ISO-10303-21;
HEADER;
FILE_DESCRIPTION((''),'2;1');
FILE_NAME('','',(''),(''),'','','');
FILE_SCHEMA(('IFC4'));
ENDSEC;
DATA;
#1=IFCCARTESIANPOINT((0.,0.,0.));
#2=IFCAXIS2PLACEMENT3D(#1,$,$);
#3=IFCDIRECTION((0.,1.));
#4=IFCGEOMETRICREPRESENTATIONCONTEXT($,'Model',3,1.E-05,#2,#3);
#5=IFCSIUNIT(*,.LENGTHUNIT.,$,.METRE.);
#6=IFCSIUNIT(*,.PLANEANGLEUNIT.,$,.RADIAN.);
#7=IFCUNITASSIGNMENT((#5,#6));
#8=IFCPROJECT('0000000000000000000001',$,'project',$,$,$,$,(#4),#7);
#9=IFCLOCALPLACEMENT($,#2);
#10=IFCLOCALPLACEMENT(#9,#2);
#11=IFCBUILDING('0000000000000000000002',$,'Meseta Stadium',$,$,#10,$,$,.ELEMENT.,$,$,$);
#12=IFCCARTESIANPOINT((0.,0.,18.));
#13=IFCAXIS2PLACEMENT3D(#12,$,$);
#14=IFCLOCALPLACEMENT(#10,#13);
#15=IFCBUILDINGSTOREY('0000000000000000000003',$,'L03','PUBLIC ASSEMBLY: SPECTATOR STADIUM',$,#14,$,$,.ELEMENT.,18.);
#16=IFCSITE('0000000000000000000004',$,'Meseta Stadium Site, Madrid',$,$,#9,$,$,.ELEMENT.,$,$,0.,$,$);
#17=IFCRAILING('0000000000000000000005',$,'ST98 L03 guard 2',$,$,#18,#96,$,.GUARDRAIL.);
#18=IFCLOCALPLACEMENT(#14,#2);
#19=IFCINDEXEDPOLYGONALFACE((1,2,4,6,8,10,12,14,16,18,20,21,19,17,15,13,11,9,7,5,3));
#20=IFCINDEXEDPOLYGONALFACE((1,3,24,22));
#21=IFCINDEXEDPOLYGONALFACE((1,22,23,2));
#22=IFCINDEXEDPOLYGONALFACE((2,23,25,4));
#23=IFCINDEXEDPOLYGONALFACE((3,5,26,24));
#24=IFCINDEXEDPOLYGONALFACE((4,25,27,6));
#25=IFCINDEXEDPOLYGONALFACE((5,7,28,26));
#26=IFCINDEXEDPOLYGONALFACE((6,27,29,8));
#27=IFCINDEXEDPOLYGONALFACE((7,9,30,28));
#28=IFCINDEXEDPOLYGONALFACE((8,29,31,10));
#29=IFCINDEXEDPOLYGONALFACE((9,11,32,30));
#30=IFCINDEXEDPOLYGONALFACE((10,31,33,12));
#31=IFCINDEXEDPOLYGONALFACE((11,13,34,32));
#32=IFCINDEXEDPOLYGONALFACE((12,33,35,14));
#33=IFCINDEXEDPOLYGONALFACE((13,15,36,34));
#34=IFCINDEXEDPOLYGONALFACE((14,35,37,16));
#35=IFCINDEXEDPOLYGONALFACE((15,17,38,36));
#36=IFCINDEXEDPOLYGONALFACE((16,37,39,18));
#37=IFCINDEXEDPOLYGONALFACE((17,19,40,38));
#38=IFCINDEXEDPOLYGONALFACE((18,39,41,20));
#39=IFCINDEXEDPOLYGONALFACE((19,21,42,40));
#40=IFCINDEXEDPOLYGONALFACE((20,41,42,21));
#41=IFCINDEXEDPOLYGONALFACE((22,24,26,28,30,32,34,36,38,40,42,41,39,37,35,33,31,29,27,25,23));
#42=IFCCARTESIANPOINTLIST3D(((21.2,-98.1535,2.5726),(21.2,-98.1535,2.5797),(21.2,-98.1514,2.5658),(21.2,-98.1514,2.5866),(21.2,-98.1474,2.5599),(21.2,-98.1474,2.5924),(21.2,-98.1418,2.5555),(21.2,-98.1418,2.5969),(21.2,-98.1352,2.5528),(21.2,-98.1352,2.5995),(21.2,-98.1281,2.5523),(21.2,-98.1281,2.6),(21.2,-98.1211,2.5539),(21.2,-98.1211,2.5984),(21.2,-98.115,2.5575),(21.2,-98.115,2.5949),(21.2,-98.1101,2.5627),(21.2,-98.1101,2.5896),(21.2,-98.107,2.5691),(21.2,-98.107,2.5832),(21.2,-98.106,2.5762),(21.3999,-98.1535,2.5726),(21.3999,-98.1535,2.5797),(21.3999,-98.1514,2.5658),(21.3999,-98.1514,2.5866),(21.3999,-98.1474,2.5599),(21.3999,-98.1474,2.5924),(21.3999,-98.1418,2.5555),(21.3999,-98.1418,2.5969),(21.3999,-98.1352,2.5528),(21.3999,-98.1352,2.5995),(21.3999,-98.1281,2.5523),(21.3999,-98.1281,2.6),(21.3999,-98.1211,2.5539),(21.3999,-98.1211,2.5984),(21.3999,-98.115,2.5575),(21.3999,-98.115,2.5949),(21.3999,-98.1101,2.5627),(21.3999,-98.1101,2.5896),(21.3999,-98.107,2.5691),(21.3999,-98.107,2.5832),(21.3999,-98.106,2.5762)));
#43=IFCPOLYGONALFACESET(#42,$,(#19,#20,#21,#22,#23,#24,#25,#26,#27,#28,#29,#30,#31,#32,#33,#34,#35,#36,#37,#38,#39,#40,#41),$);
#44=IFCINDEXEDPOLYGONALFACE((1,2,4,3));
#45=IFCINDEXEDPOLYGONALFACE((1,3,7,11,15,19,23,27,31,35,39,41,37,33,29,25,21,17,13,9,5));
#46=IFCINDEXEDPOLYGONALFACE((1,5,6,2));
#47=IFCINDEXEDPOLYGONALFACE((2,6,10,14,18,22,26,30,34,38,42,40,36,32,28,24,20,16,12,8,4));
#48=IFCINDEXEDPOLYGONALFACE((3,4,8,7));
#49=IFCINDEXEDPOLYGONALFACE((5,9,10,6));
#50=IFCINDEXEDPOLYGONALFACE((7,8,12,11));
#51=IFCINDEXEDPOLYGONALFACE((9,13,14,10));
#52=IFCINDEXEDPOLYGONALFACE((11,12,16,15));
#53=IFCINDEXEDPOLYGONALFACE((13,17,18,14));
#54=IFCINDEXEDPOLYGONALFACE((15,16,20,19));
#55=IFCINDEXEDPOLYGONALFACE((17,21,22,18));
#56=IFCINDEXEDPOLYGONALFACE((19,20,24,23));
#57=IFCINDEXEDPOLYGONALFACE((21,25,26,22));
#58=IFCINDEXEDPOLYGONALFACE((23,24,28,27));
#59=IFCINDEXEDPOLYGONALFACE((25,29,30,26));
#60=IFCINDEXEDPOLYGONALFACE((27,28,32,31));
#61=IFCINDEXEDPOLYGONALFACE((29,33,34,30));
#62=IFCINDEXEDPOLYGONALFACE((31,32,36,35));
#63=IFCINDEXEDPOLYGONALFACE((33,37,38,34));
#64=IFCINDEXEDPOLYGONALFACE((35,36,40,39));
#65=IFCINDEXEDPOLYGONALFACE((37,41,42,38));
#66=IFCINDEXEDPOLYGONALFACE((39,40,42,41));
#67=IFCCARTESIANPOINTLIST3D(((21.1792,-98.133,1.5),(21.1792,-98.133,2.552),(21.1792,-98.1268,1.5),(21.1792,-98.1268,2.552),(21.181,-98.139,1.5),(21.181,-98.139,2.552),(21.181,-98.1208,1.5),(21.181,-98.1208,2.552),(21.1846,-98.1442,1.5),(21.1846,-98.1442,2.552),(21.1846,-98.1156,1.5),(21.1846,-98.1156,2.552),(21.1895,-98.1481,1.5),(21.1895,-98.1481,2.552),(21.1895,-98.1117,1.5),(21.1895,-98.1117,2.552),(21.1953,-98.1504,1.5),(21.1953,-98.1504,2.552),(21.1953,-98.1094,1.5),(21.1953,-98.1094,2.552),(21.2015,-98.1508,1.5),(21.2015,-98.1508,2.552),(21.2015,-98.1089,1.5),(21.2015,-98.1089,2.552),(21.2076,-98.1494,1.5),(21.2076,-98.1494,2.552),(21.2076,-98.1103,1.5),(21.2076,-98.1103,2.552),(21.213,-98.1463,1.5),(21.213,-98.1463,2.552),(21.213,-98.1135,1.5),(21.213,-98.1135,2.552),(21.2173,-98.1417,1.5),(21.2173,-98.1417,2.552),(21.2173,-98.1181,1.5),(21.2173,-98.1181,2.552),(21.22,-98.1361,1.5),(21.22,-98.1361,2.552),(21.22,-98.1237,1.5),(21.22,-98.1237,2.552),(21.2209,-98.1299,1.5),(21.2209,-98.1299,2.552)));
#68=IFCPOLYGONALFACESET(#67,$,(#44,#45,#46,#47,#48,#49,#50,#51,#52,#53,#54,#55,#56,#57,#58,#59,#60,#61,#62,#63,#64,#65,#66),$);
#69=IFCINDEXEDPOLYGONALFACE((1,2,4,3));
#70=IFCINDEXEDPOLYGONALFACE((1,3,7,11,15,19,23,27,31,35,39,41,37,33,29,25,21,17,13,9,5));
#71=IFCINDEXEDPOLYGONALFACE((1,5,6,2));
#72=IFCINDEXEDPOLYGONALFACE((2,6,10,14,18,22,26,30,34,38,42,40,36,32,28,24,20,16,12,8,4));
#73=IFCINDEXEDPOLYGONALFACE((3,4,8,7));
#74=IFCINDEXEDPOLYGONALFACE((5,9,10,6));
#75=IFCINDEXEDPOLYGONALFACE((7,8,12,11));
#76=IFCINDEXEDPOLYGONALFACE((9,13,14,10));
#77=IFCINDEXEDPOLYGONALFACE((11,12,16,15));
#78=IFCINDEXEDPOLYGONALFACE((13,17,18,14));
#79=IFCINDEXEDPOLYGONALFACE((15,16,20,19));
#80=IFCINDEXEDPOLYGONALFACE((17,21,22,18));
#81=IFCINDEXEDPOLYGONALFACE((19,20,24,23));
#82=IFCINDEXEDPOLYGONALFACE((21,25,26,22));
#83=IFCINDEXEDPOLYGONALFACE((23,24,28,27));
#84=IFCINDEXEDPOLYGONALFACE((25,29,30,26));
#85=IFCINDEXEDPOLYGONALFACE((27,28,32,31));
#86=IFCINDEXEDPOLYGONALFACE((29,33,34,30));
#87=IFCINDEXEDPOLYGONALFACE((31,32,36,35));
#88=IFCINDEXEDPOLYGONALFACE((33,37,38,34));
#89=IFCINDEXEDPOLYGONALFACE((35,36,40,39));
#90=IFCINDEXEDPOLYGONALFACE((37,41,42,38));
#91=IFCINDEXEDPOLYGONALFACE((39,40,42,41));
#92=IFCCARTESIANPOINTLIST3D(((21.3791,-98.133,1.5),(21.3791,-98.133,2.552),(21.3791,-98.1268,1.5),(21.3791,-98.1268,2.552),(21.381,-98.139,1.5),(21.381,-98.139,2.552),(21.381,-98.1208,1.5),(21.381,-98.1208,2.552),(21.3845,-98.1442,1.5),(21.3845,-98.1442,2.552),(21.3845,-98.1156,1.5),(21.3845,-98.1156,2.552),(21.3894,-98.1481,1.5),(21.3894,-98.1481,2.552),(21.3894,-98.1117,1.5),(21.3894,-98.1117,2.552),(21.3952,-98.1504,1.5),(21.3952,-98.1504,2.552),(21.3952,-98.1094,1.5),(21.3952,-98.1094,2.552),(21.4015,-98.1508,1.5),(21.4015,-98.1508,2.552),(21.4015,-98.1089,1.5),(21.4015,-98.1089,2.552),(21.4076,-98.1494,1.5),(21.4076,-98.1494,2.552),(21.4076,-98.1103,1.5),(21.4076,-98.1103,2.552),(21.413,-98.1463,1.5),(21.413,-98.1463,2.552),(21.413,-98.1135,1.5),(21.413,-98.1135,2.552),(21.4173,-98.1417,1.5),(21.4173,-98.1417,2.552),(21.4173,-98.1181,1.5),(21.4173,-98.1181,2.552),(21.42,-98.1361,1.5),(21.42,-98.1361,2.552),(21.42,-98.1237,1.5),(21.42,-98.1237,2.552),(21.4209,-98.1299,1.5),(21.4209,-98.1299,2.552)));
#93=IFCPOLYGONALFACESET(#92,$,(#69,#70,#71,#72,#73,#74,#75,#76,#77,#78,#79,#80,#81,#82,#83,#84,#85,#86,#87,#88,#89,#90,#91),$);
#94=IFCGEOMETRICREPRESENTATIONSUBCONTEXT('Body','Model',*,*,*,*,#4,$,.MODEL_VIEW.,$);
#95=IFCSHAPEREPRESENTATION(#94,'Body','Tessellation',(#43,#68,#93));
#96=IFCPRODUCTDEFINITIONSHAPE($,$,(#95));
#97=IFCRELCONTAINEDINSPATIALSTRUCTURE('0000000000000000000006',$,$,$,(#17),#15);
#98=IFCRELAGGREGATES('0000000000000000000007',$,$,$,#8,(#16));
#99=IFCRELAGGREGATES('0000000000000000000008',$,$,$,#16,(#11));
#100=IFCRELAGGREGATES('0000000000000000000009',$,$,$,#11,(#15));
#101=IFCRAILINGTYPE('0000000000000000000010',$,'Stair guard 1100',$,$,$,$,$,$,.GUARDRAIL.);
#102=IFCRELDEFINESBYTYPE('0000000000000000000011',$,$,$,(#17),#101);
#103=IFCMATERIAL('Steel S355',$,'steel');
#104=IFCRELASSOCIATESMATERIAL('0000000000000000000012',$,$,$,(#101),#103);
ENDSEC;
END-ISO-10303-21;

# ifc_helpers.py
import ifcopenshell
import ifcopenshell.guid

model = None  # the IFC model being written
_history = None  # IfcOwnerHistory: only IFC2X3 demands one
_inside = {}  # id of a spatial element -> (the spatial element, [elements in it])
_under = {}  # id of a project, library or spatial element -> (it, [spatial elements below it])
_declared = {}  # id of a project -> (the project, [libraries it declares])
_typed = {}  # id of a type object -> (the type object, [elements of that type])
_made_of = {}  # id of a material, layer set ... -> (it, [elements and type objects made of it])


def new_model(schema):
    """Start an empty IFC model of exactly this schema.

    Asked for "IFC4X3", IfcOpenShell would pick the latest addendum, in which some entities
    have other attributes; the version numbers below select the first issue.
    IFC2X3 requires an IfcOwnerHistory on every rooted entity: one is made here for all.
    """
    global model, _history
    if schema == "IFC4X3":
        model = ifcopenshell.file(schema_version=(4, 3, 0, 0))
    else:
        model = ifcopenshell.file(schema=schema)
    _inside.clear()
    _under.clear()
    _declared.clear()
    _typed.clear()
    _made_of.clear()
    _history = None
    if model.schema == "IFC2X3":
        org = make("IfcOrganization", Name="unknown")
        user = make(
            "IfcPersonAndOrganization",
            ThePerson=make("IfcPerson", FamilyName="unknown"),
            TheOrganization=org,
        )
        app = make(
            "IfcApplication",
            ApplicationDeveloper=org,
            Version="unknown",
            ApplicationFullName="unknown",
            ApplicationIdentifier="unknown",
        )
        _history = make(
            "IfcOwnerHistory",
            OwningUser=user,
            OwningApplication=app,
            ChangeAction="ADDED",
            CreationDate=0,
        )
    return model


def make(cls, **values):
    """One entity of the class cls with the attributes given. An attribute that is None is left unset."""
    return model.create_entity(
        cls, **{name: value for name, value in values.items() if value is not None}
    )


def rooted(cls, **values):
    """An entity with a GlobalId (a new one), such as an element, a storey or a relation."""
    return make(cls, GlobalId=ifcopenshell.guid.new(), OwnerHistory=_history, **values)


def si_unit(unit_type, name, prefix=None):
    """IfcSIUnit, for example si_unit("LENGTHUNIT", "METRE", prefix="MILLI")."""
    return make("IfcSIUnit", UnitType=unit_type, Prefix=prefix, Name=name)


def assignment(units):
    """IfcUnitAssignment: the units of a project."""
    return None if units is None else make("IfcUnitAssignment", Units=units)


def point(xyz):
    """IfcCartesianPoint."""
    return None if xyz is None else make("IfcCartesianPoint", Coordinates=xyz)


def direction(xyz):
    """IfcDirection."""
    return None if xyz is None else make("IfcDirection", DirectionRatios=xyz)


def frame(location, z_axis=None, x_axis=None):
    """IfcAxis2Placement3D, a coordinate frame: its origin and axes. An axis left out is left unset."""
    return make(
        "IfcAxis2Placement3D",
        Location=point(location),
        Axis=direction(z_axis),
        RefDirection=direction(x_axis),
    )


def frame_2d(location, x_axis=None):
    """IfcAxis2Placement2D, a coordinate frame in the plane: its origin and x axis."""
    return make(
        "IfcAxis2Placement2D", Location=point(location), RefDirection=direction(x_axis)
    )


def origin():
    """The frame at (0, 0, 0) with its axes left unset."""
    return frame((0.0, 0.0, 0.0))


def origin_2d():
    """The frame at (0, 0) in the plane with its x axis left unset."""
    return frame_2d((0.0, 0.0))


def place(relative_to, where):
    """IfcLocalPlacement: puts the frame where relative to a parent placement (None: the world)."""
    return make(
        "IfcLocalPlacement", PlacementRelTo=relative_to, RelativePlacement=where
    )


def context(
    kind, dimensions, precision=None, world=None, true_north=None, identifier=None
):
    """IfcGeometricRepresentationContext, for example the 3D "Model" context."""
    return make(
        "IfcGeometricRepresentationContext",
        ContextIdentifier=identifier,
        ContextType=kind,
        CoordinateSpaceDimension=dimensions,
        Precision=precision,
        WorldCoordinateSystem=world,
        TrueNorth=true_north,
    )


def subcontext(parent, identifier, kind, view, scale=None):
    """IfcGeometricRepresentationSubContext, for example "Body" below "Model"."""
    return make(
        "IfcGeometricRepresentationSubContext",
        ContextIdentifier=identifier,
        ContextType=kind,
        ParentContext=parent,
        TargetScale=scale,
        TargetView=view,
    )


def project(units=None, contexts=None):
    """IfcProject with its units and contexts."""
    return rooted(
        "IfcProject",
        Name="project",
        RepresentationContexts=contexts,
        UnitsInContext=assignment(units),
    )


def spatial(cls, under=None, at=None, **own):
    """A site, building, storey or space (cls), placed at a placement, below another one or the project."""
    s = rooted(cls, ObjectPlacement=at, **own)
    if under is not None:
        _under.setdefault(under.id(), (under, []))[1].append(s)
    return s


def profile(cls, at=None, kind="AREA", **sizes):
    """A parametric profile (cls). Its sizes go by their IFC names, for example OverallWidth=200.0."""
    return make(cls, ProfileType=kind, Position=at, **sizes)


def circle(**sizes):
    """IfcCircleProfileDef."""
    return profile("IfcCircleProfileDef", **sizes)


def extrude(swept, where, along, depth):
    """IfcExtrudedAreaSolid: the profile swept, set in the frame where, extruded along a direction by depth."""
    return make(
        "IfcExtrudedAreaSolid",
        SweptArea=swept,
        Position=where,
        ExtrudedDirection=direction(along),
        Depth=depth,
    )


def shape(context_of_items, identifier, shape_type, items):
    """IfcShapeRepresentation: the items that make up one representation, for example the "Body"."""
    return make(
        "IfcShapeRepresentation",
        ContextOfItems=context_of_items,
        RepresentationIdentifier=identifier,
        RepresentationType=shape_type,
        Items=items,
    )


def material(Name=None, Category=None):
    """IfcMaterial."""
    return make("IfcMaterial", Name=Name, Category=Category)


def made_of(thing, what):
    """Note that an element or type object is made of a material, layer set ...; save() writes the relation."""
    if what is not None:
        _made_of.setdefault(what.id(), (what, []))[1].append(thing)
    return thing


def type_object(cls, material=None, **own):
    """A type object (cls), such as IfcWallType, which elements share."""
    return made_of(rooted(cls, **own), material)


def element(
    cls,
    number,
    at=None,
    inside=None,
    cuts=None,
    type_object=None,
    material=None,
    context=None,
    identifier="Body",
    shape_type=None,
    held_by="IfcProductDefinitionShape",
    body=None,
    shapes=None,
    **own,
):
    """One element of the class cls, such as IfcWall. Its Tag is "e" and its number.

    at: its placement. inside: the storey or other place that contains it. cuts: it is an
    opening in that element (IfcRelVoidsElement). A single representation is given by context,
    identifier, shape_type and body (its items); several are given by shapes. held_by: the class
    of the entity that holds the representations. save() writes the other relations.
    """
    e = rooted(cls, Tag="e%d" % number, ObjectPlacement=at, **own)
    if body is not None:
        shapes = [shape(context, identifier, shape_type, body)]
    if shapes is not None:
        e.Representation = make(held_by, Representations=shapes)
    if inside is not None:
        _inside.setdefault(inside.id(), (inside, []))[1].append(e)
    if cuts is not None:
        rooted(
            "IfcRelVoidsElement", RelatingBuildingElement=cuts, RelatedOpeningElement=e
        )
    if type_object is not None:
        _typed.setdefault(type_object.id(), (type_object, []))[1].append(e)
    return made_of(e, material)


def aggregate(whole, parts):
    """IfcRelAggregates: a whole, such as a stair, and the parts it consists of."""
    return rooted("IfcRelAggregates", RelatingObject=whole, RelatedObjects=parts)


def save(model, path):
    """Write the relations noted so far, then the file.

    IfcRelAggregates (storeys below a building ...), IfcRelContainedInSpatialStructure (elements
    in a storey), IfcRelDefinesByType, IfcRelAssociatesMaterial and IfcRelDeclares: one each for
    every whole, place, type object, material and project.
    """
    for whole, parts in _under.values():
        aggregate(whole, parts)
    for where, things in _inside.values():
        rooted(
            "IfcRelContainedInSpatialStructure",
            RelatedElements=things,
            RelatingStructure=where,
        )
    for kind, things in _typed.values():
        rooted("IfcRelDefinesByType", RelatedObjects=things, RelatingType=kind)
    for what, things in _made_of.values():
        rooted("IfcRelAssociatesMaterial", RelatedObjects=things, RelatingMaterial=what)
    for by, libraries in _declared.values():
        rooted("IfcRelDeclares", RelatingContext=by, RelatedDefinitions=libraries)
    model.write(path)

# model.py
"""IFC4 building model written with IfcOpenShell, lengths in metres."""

from ifc_helpers import new_model, si_unit, direction, frame, origin, origin_2d, place, context, subcontext, project, spatial, circle, extrude, material, type_object, element, save


model = new_model("IFC4")

# Units and contexts
model_context = context("Model", 3, precision=1e-05, world=origin(), true_north=direction((0.0, 1.0)))
body_context = subcontext(model_context, "Body", "Model", "MODEL_VIEW")
ifc_project = project(units=[si_unit("LENGTHUNIT", "METRE"), si_unit("PLANEANGLEUNIT", "RADIAN")], contexts=[model_context])

# Site, building, storey
site_placement = place(None, origin())
site = spatial("IfcSite", under=ifc_project, at=site_placement, Name="Meseta Stadium Site, Madrid", CompositionType="ELEMENT", RefElevation=0.0)
building_placement = place(site_placement, origin())
building = spatial("IfcBuilding", under=site, at=building_placement, Name="Meseta Stadium", CompositionType="ELEMENT")
storey_placement = place(building_placement, frame((0.0, 0.0, 18.0)))
storey = spatial("IfcBuildingStorey", under=building, at=storey_placement, Name="L03", Description="PUBLIC ASSEMBLY: SPECTATOR STADIUM", CompositionType="ELEMENT", Elevation=18.0)

# Railing
ifc_material_1 = material(Name="Steel S355", Category="steel")
railing_type_1 = type_object("IfcRailingType", Name="Stair guard 1100", PredefinedType="GUARDRAIL", material=ifc_material_1)
railing_1_placement = place(storey_placement, frame((21.2, -98.1299, 1.5)))
element("IfcRailing", 1, at=railing_1_placement, inside=storey, type_object=railing_type_1, Name="ST98 L03 guard 2", PredefinedType="GUARDRAIL", context=body_context, shape_type="SweptSolid", body=[
    extrude(circle(Radius=0.0239, at=origin_2d()), frame((0.0, 0.0, 1.0762), z_axis=(1.0, 0.0, 0.0), x_axis=(0.0, 1.0, 0.0)), (0.0, 0.0, 1.0), 0.2),
    extrude(circle(Radius=0.021, at=origin_2d()), origin(), (0.0, 0.0, 1.0), 1.052),
    extrude(circle(Radius=0.021, at=origin_2d()), frame((0.2, 0.0, 0.0)), (0.0, 0.0, 1.0), 1.052),
])

save(model, "model.ifc")
